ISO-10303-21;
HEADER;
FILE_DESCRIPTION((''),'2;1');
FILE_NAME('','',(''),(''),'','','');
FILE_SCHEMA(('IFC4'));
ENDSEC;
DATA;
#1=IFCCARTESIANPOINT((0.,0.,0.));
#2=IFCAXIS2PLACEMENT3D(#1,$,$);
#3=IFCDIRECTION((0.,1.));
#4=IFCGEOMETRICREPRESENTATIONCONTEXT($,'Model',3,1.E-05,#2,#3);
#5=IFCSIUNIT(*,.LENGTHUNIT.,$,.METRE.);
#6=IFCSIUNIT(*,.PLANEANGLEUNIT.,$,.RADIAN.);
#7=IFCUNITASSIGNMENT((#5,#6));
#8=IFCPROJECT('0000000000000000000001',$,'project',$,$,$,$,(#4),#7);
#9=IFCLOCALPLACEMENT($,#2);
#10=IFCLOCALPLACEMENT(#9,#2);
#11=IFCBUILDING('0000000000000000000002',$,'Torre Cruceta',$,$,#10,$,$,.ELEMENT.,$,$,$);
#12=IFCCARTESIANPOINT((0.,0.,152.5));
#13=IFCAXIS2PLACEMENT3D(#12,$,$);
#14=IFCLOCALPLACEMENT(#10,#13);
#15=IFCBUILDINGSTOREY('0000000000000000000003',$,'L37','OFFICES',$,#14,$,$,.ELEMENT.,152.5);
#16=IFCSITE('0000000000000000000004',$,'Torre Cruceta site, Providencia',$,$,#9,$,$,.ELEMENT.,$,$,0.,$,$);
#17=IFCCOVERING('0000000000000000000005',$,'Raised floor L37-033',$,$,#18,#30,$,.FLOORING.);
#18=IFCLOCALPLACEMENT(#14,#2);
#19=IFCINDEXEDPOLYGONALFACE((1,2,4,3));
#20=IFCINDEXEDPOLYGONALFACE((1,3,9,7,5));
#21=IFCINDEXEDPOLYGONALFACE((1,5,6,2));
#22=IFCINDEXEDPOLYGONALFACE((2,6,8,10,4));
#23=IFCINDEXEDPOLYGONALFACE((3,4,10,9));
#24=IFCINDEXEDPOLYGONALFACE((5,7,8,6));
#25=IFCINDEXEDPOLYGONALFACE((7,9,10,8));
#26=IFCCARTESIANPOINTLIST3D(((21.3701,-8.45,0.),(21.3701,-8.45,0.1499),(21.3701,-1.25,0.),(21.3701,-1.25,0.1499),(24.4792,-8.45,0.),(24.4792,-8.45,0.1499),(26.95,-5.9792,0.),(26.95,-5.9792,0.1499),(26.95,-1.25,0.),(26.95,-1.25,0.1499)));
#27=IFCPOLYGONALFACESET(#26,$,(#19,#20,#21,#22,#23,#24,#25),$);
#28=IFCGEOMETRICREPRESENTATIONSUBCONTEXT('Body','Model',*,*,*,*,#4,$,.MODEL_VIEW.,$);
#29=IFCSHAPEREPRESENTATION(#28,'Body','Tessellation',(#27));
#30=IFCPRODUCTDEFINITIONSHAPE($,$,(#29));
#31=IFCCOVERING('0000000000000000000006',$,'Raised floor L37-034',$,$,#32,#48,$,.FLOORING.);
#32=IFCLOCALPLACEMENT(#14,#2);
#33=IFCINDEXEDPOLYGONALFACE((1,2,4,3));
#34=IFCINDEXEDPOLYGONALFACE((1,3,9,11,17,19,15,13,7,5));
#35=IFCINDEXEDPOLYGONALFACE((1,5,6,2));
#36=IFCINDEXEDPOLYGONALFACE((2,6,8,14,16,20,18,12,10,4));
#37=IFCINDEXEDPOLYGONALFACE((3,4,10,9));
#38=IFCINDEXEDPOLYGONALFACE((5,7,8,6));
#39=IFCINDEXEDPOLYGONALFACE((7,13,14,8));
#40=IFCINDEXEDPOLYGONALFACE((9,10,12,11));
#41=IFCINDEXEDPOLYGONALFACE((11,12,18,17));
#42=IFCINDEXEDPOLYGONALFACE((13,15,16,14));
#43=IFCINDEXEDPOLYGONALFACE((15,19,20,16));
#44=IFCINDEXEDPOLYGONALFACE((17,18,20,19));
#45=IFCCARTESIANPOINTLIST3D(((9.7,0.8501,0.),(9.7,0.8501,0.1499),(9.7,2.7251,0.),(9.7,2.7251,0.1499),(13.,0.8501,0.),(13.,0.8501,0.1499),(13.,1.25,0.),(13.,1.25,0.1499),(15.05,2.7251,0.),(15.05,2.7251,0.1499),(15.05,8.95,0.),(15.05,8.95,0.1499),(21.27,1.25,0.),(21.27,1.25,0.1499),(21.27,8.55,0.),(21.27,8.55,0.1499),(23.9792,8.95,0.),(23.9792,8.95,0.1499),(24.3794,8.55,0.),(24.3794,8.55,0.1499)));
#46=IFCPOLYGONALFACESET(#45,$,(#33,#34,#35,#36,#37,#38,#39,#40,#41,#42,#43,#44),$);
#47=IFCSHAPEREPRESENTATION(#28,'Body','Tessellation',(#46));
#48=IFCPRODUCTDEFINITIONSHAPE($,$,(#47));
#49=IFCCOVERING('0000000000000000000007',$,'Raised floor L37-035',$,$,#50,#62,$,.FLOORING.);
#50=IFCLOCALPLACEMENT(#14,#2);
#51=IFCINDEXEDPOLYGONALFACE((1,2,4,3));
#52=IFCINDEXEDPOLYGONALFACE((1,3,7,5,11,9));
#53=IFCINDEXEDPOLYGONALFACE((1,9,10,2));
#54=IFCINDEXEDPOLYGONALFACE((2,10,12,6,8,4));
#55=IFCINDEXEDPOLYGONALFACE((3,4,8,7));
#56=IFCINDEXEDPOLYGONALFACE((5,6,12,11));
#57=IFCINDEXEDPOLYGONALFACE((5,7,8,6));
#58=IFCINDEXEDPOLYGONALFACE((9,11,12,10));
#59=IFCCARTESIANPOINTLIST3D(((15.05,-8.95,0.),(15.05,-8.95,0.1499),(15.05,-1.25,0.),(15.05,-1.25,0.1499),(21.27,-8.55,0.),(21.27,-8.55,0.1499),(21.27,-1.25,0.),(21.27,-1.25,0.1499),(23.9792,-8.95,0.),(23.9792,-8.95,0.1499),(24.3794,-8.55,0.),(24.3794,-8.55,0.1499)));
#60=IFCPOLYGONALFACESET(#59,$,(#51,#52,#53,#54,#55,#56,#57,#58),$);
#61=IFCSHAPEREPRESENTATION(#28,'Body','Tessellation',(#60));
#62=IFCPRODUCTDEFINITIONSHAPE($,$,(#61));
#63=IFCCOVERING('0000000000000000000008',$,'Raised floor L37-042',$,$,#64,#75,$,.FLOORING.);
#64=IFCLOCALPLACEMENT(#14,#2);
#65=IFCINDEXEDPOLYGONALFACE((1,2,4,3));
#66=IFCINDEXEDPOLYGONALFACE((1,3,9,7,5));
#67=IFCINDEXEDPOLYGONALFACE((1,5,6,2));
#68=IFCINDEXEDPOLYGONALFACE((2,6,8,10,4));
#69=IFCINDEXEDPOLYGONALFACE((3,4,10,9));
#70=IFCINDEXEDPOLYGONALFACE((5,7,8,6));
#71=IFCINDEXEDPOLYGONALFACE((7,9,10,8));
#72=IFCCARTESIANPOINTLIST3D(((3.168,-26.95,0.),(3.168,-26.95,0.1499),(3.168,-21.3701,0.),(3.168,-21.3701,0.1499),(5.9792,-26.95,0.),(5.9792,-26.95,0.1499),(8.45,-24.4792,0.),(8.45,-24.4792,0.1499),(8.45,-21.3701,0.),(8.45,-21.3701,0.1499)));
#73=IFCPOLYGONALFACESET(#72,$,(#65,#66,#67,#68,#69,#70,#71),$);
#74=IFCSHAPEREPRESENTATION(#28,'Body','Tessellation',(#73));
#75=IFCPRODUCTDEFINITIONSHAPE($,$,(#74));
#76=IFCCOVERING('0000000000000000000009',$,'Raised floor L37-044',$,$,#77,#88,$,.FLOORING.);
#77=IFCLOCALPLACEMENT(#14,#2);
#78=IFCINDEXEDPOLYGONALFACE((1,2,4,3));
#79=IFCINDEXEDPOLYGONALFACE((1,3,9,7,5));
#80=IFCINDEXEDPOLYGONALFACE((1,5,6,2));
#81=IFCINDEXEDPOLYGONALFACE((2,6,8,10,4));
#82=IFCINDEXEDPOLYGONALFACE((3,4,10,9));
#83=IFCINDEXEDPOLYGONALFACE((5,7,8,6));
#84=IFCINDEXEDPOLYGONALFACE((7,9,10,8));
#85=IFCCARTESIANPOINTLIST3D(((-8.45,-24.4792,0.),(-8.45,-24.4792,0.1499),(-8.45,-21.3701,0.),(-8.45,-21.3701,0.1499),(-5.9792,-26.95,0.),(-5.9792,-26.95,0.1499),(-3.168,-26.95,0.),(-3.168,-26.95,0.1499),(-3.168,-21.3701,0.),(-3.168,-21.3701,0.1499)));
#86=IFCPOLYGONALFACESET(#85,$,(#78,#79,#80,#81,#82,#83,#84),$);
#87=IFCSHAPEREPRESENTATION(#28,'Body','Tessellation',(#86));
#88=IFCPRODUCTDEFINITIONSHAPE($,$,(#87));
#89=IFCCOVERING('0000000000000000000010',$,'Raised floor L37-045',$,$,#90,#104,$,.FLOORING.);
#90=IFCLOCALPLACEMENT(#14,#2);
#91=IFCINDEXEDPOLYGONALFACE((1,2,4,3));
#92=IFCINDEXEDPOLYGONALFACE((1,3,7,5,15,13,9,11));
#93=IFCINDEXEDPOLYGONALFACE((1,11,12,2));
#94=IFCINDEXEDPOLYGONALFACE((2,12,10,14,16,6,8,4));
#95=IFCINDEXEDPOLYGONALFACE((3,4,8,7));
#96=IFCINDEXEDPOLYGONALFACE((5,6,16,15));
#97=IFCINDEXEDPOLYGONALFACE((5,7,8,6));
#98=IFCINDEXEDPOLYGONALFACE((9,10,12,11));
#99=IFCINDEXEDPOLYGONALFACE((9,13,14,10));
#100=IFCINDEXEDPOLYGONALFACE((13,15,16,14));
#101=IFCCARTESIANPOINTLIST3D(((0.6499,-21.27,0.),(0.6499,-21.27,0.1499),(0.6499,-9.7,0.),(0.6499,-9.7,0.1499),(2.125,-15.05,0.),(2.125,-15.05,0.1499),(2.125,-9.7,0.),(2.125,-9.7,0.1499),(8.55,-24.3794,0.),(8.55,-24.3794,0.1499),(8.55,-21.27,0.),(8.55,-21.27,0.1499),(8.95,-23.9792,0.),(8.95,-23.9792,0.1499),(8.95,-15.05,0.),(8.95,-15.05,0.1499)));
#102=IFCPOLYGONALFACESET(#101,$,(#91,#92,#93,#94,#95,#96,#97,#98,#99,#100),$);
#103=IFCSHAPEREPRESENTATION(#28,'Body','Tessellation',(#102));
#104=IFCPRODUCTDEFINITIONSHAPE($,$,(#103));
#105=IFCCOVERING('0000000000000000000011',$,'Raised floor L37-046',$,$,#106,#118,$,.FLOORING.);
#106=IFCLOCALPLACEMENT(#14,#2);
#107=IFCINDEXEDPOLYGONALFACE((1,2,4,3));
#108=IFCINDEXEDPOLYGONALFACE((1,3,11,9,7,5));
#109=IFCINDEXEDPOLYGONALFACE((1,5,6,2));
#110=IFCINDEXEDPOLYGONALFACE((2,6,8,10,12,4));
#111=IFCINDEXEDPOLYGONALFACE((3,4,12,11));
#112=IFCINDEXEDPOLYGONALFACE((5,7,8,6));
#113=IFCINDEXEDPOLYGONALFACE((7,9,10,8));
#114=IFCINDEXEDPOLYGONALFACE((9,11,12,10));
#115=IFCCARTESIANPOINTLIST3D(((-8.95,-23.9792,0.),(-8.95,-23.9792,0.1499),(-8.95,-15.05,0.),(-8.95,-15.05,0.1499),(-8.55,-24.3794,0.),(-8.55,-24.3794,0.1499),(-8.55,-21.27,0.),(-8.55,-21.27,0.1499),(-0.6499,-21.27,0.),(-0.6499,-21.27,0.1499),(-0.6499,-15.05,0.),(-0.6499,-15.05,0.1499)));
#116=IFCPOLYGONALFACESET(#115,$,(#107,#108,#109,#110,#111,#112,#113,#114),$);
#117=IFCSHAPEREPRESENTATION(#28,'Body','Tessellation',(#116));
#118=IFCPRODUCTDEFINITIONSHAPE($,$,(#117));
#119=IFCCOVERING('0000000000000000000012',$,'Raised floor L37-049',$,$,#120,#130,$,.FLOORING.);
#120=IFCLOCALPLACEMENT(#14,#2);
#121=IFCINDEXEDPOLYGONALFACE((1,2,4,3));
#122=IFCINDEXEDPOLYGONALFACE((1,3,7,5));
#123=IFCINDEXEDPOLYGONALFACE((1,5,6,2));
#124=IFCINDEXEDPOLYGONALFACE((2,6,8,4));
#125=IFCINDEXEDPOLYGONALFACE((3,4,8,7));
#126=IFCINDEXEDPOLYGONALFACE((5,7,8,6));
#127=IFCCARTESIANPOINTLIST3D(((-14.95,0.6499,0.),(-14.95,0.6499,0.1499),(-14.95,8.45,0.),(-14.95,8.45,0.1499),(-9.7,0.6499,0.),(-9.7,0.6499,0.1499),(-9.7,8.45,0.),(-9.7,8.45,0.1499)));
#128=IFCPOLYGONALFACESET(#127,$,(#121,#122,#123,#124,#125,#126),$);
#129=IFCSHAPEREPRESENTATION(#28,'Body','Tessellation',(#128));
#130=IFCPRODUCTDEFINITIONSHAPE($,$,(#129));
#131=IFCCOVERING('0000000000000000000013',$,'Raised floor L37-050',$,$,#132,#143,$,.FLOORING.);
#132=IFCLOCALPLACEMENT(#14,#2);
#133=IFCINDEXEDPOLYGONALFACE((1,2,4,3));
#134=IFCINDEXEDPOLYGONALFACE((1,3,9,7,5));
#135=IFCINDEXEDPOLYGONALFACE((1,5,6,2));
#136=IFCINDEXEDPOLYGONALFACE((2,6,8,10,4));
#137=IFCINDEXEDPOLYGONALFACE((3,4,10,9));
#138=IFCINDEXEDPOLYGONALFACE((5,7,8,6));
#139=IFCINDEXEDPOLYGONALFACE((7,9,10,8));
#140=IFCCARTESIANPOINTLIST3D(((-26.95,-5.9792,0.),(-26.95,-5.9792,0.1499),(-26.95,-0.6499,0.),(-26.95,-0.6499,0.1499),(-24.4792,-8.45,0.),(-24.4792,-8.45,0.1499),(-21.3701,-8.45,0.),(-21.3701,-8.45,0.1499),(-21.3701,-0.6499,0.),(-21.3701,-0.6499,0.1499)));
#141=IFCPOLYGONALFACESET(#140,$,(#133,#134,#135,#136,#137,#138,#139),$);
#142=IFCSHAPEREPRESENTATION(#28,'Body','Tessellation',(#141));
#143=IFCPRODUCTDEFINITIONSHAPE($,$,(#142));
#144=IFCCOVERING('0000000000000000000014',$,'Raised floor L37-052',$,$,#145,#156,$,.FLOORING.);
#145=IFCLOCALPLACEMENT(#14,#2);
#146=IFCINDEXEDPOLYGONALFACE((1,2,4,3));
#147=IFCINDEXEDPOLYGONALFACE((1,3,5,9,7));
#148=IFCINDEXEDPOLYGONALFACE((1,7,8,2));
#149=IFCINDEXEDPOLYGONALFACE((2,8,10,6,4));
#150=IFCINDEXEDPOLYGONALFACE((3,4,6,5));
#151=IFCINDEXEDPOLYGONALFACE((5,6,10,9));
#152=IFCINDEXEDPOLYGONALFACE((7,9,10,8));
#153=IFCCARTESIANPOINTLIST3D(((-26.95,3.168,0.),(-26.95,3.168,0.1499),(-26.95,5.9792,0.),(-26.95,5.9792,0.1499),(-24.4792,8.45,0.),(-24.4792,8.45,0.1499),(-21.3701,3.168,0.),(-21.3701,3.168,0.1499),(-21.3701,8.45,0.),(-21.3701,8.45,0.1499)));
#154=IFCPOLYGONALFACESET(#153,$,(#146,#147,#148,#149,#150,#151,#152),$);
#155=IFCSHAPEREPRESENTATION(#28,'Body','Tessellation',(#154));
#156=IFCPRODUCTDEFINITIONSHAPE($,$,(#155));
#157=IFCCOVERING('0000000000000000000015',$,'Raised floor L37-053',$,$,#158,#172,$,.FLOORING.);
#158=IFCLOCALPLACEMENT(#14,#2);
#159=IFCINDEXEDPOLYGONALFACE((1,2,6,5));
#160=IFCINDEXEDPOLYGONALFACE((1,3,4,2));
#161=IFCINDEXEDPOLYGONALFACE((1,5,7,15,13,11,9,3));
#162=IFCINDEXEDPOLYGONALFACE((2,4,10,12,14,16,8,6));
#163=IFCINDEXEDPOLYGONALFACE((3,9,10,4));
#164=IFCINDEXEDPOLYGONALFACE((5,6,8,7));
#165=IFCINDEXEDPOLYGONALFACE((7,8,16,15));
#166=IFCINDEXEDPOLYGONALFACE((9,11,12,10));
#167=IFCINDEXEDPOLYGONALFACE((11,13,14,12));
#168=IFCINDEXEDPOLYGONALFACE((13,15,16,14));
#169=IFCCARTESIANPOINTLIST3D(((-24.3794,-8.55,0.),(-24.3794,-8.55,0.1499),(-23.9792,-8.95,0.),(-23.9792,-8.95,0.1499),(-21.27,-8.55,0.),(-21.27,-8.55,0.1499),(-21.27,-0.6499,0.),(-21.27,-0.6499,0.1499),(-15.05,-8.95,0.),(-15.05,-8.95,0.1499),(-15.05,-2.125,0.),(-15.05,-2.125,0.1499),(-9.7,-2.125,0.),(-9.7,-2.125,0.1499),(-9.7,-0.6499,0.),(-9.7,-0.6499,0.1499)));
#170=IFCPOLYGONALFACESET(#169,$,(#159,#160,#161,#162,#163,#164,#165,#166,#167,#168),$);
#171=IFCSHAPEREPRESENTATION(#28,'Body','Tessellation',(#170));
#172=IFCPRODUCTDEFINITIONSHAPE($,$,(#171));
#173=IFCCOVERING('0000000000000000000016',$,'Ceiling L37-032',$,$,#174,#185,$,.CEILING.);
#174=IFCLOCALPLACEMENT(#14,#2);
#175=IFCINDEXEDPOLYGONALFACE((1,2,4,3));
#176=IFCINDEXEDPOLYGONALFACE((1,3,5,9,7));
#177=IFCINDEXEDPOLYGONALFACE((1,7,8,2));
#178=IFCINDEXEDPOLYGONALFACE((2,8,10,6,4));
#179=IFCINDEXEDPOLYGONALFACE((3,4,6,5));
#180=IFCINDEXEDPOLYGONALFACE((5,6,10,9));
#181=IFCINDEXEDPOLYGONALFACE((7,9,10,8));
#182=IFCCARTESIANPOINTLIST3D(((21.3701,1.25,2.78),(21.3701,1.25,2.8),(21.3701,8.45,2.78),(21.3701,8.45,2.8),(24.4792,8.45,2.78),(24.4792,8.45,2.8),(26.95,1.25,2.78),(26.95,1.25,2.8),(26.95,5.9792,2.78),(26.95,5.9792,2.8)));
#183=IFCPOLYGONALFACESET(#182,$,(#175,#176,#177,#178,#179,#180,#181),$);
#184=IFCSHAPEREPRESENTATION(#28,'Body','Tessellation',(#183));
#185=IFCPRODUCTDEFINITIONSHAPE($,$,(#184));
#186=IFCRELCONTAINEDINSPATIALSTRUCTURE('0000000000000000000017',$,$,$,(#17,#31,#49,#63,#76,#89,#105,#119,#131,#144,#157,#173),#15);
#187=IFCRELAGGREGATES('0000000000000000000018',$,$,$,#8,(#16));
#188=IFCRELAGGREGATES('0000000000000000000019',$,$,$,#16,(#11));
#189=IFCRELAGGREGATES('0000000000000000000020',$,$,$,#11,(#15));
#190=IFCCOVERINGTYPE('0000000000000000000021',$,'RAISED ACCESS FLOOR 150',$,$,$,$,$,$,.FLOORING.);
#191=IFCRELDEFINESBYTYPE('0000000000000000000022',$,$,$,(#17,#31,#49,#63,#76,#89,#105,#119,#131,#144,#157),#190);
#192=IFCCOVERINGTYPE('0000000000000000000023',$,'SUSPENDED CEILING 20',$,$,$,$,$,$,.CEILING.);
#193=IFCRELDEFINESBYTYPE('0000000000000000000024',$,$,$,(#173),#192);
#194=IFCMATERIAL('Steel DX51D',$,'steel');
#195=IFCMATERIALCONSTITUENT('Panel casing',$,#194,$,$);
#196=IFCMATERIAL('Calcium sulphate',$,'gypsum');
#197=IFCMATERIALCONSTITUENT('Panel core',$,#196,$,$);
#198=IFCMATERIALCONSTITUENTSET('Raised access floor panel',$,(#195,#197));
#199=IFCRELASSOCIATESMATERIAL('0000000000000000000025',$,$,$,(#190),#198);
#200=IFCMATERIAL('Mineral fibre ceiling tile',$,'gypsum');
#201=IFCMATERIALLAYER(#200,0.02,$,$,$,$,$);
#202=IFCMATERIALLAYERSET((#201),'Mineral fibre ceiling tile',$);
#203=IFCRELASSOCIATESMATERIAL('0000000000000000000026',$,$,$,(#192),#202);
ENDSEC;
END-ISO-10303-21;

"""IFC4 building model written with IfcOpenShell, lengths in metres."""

from ifc_helpers import new_model, si_unit, direction, frame, origin, place, context, subcontext, project, spatial, polyline, outline, extrude, material, layer, layer_set, constituent, constituent_set, type_object, element, save


model = new_model("IFC4")

# Units and contexts
model_context = context("Model", 3, precision=1e-05, world=origin(), true_north=direction((0.0, 1.0)))
body_context = subcontext(model_context, "Body", "Model", "MODEL_VIEW")
ifc_project = project(units=[si_unit("LENGTHUNIT", "METRE"), si_unit("PLANEANGLEUNIT", "RADIAN")], contexts=[model_context])

# Site, building, storey
site_placement = place(None, origin())
site = spatial("IfcSite", under=ifc_project, at=site_placement, Name="Torre Cruceta site, Providencia", CompositionType="ELEMENT", RefElevation=0.0)
building_placement = place(site_placement, origin())
building = spatial("IfcBuilding", under=site, at=building_placement, Name="Torre Cruceta", CompositionType="ELEMENT")
storey_placement = place(building_placement, frame((0.0, 0.0, 152.5)))
storey = spatial("IfcBuildingStorey", under=building, at=storey_placement, Name="L37", Description="OFFICES", CompositionType="ELEMENT", Elevation=152.5)

# Coverings
ifc_material_1 = material(Name="Steel DX51D", Category="steel")
ifc_constituent_1 = constituent(ifc_material_1, Name="Panel casing")
ifc_material_2 = material(Name="Calcium sulphate", Category="gypsum")
ifc_constituent_2 = constituent(ifc_material_2, Name="Panel core")
ifc_constituent_set = constituent_set(constituents=[ifc_constituent_1, ifc_constituent_2], Name="Raised access floor panel")
covering_type_1 = type_object("IfcCoveringType", Name="RAISED ACCESS FLOOR 150", PredefinedType="FLOORING", material=ifc_constituent_set)
covering_1_placement = place(storey_placement, origin())
element("IfcCovering", 1, at=covering_1_placement, inside=storey, type_object=covering_type_1, Name="Raised floor L37-033", PredefinedType="FLOORING", context=body_context, shape_type="SweptSolid", body=[
    extrude(outline(polyline([(24.4792, -8.45), (21.3701, -8.45), (21.3701, -1.25), (26.95, -1.25), (26.95, -5.9792), (24.4792, -8.45)])), origin(), (0.0, 0.0, 1.0), 0.1499),
])
covering_2_placement = place(storey_placement, origin())
element("IfcCovering", 2, at=covering_2_placement, inside=storey, type_object=covering_type_1, Name="Raised floor L37-034", PredefinedType="FLOORING", context=body_context, shape_type="SweptSolid", body=[
    extrude(outline(polyline([(9.7, 2.7251), (15.05, 2.7251), (15.05, 8.95), (23.9792, 8.95), (24.3794, 8.55), (21.27, 8.55), (21.27, 1.25), (13.0, 1.25), (13.0, 0.8501), (9.7, 0.8501), (9.7, 2.7251)])), origin(), (0.0, 0.0, 1.0), 0.1499),
])
covering_3_placement = place(storey_placement, origin())
element("IfcCovering", 3, at=covering_3_placement, inside=storey, type_object=covering_type_1, Name="Raised floor L37-035", PredefinedType="FLOORING", context=body_context, shape_type="SweptSolid", body=[
    extrude(outline(polyline([(15.05, -8.95), (15.05, -1.25), (21.27, -1.25), (21.27, -8.55), (24.3794, -8.55), (23.9792, -8.95), (15.05, -8.95)])), origin(), (0.0, 0.0, 1.0), 0.1499),
])
covering_4_placement = place(storey_placement, origin())
element("IfcCovering", 4, at=covering_4_placement, inside=storey, type_object=covering_type_1, Name="Raised floor L37-042", PredefinedType="FLOORING", context=body_context, shape_type="SweptSolid", body=[
    extrude(outline(polyline([(3.168, -26.95), (3.168, -21.3701), (8.45, -21.3701), (8.45, -24.4792), (5.9792, -26.95), (3.168, -26.95)])), origin(), (0.0, 0.0, 1.0), 0.1499),
])
covering_5_placement = place(storey_placement, origin())
element("IfcCovering", 5, at=covering_5_placement, inside=storey, type_object=covering_type_1, Name="Raised floor L37-044", PredefinedType="FLOORING", context=body_context, shape_type="SweptSolid", body=[
    extrude(outline(polyline([(-8.45, -24.4792), (-8.45, -21.3701), (-3.168, -21.3701), (-3.168, -26.95), (-5.9792, -26.95), (-8.45, -24.4792)])), origin(), (0.0, 0.0, 1.0), 0.1499),
])
covering_6_placement = place(storey_placement, origin())
element("IfcCovering", 6, at=covering_6_placement, inside=storey, type_object=covering_type_1, Name="Raised floor L37-045", PredefinedType="FLOORING", context=body_context, shape_type="SweptSolid", body=[
    extrude(outline(polyline([(2.125, -9.7), (2.125, -15.05), (8.95, -15.05), (8.95, -23.9792), (8.55, -24.3794), (8.55, -21.27), (0.6499, -21.27), (0.6499, -9.7), (2.125, -9.7)])), origin(), (0.0, 0.0, 1.0), 0.1499),
])
covering_7_placement = place(storey_placement, origin())
element("IfcCovering", 7, at=covering_7_placement, inside=storey, type_object=covering_type_1, Name="Raised floor L37-046", PredefinedType="FLOORING", context=body_context, shape_type="SweptSolid", body=[
    extrude(outline(polyline([(-8.95, -15.05), (-0.6499, -15.05), (-0.6499, -21.27), (-8.55, -21.27), (-8.55, -24.3794), (-8.95, -23.9792), (-8.95, -15.05)])), origin(), (0.0, 0.0, 1.0), 0.1499),
])
covering_8_placement = place(storey_placement, origin())
element("IfcCovering", 8, at=covering_8_placement, inside=storey, type_object=covering_type_1, Name="Raised floor L37-049", PredefinedType="FLOORING", context=body_context, shape_type="SweptSolid", body=[
    extrude(outline(polyline([(-9.7, 8.45), (-9.7, 0.6499), (-14.95, 0.6499), (-14.95, 8.45), (-9.7, 8.45)])), origin(), (0.0, 0.0, 1.0), 0.1499),
])
covering_9_placement = place(storey_placement, origin())
element("IfcCovering", 9, at=covering_9_placement, inside=storey, type_object=covering_type_1, Name="Raised floor L37-050", PredefinedType="FLOORING", context=body_context, shape_type="SweptSolid", body=[
    extrude(outline(polyline([(-26.95, -0.6499), (-21.3701, -0.6499), (-21.3701, -8.45), (-24.4792, -8.45), (-26.95, -5.9792), (-26.95, -0.6499)])), origin(), (0.0, 0.0, 1.0), 0.1499),
])
covering_10_placement = place(storey_placement, origin())
element("IfcCovering", 10, at=covering_10_placement, inside=storey, type_object=covering_type_1, Name="Raised floor L37-052", PredefinedType="FLOORING", context=body_context, shape_type="SweptSolid", body=[
    extrude(outline(polyline([(-24.4792, 8.45), (-21.3701, 8.45), (-21.3701, 3.168), (-26.95, 3.168), (-26.95, 5.9792), (-24.4792, 8.45)])), origin(), (0.0, 0.0, 1.0), 0.1499),
])
covering_11_placement = place(storey_placement, origin())
element("IfcCovering", 11, at=covering_11_placement, inside=storey, type_object=covering_type_1, Name="Raised floor L37-053", PredefinedType="FLOORING", context=body_context, shape_type="SweptSolid", body=[
    extrude(outline(polyline([(-9.7, -2.125), (-15.05, -2.125), (-15.05, -8.95), (-23.9792, -8.95), (-24.3794, -8.55), (-21.27, -8.55), (-21.27, -0.6499), (-9.7, -0.6499), (-9.7, -2.125)])), origin(), (0.0, 0.0, 1.0), 0.1499),
])
ifc_material_3 = material(Name="Mineral fibre ceiling tile", Category="gypsum")
ifc_layer = layer(ifc_material_3, 0.02)
ifc_layer_set = layer_set([ifc_layer], Name="Mineral fibre ceiling tile")
covering_type_2 = type_object("IfcCoveringType", Name="SUSPENDED CEILING 20", PredefinedType="CEILING", material=ifc_layer_set)
covering_12_placement = place(storey_placement, frame((0.0, 0.0, 2.78)))
element("IfcCovering", 12, at=covering_12_placement, inside=storey, type_object=covering_type_2, Name="Ceiling L37-032", PredefinedType="CEILING", context=body_context, shape_type="SweptSolid", body=[
    extrude(outline(polyline([(26.95, 1.25), (21.3701, 1.25), (21.3701, 8.45), (24.4792, 8.45), (26.95, 5.9792), (26.95, 1.25)])), origin(), (0.0, 0.0, 1.0), 0.02),
])

save(model, "model.ifc")
